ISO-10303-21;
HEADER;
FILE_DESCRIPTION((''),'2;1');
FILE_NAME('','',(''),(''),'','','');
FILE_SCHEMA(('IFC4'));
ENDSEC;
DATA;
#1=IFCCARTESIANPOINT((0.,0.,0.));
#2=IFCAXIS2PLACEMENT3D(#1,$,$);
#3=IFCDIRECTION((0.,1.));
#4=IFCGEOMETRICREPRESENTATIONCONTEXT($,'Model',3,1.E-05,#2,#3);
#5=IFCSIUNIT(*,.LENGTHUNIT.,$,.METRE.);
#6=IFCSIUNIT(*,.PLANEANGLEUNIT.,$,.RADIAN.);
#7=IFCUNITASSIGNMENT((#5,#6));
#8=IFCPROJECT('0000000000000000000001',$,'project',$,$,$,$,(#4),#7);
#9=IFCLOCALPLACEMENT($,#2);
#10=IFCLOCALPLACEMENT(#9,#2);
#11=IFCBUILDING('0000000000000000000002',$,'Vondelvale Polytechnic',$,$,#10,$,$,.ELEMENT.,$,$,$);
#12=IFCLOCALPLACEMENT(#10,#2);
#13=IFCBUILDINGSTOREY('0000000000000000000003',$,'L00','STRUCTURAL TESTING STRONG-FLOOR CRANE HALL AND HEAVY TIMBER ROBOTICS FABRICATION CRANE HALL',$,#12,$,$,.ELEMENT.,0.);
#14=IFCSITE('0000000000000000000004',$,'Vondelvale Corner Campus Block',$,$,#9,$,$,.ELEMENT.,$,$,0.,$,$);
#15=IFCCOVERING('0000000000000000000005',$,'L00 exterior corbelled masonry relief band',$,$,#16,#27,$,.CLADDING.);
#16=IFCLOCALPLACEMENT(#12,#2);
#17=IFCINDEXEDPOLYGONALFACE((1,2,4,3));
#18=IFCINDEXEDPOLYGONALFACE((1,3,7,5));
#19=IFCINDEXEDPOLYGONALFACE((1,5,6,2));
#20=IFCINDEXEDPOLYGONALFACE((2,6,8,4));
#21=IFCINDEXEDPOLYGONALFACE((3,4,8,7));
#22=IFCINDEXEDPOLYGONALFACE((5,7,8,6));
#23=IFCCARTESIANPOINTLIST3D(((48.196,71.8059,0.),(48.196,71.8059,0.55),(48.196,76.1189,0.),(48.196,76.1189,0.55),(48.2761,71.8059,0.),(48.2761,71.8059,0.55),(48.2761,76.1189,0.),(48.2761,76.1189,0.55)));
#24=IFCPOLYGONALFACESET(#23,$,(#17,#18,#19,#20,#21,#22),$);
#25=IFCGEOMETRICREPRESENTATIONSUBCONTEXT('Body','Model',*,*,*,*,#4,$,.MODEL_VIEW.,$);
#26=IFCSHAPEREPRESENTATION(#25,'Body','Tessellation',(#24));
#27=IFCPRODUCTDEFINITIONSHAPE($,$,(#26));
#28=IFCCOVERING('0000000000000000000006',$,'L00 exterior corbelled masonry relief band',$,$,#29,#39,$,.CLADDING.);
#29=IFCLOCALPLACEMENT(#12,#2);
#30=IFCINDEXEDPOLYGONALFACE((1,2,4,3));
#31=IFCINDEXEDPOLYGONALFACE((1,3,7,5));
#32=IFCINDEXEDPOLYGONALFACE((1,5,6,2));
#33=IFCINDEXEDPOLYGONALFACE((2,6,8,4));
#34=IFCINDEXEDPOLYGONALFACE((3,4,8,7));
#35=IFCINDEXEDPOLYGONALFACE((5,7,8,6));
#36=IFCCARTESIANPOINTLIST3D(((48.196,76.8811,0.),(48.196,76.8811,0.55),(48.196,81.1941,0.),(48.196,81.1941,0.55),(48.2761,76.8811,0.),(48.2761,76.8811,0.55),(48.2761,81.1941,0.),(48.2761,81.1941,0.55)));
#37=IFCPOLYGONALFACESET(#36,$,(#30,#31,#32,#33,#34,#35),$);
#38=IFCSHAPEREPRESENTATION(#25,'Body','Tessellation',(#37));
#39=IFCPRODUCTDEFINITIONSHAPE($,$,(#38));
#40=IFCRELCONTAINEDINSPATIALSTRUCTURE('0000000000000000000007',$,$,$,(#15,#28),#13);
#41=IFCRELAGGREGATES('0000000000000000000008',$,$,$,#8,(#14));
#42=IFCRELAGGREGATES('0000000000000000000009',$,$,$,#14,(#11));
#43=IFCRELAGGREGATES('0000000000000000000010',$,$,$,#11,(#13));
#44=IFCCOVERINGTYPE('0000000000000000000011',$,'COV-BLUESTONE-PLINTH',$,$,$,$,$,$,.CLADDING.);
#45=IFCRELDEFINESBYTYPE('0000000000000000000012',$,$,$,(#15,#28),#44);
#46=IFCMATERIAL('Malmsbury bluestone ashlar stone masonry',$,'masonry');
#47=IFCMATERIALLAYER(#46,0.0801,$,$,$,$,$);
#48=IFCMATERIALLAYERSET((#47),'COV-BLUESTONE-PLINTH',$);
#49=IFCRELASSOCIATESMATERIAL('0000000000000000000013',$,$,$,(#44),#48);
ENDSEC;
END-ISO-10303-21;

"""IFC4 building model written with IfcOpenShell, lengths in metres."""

from ifc_helpers import new_model, si_unit, direction, frame, origin, origin_2d, place, context, subcontext, project, spatial, rectangle, extrude, material, layer, layer_set, type_object, element, save


model = new_model("IFC4")

# Units and contexts
model_context = context("Model", 3, precision=1e-05, world=origin(), true_north=direction((0.0, 1.0)))
body_context = subcontext(model_context, "Body", "Model", "MODEL_VIEW")
ifc_project = project(units=[si_unit("LENGTHUNIT", "METRE"), si_unit("PLANEANGLEUNIT", "RADIAN")], contexts=[model_context])

# Site, building, storey
site_placement = place(None, origin())
site = spatial("IfcSite", under=ifc_project, at=site_placement, Name="Vondelvale Corner Campus Block", CompositionType="ELEMENT", RefElevation=0.0)
building_placement = place(site_placement, origin())
building = spatial("IfcBuilding", under=site, at=building_placement, Name="Vondelvale Polytechnic", CompositionType="ELEMENT")
storey_placement = place(building_placement, origin())
storey = spatial("IfcBuildingStorey", under=building, at=storey_placement, Name="L00", Description="STRUCTURAL TESTING STRONG-FLOOR CRANE HALL AND HEAVY TIMBER ROBOTICS FABRICATION CRANE HALL", CompositionType="ELEMENT", Elevation=0.0)

# Shared definitions
ifc_material_1 = material(Name="Malmsbury bluestone ashlar stone masonry", Category="masonry")

# Coverings
ifc_layer_1 = layer(ifc_material_1, 0.0801)
ifc_layer_set_1 = layer_set([ifc_layer_1], Name="COV-BLUESTONE-PLINTH")
covering_type = type_object("IfcCoveringType", Name="COV-BLUESTONE-PLINTH", PredefinedType="CLADDING", material=ifc_layer_set_1)
for number, where, z_axis, x_axis, name in (
    (1, (48.2361, 73.9624, 0.0), (0.0, 0.0, 1.0), (0.0, -1.0, 0.0), "L00 exterior corbelled masonry relief band"),
    (2, (48.2361, 79.0376, 0.0), (0.0, 0.0, 1.0), (0.0, -1.0, 0.0), "L00 exterior corbelled masonry relief band"),
):
    element("IfcCovering", number, at=place(storey_placement, frame(where, z_axis=z_axis, x_axis=x_axis)), inside=storey, type_object=covering_type, Name=name, PredefinedType="CLADDING", context=body_context, shape_type="SweptSolid", body=[
        extrude(rectangle(XDim=4.313, YDim=0.0801, at=origin_2d()), origin(), (0.0, 0.0, 1.0), 0.55),
    ])

save(model, "model.ifc")
